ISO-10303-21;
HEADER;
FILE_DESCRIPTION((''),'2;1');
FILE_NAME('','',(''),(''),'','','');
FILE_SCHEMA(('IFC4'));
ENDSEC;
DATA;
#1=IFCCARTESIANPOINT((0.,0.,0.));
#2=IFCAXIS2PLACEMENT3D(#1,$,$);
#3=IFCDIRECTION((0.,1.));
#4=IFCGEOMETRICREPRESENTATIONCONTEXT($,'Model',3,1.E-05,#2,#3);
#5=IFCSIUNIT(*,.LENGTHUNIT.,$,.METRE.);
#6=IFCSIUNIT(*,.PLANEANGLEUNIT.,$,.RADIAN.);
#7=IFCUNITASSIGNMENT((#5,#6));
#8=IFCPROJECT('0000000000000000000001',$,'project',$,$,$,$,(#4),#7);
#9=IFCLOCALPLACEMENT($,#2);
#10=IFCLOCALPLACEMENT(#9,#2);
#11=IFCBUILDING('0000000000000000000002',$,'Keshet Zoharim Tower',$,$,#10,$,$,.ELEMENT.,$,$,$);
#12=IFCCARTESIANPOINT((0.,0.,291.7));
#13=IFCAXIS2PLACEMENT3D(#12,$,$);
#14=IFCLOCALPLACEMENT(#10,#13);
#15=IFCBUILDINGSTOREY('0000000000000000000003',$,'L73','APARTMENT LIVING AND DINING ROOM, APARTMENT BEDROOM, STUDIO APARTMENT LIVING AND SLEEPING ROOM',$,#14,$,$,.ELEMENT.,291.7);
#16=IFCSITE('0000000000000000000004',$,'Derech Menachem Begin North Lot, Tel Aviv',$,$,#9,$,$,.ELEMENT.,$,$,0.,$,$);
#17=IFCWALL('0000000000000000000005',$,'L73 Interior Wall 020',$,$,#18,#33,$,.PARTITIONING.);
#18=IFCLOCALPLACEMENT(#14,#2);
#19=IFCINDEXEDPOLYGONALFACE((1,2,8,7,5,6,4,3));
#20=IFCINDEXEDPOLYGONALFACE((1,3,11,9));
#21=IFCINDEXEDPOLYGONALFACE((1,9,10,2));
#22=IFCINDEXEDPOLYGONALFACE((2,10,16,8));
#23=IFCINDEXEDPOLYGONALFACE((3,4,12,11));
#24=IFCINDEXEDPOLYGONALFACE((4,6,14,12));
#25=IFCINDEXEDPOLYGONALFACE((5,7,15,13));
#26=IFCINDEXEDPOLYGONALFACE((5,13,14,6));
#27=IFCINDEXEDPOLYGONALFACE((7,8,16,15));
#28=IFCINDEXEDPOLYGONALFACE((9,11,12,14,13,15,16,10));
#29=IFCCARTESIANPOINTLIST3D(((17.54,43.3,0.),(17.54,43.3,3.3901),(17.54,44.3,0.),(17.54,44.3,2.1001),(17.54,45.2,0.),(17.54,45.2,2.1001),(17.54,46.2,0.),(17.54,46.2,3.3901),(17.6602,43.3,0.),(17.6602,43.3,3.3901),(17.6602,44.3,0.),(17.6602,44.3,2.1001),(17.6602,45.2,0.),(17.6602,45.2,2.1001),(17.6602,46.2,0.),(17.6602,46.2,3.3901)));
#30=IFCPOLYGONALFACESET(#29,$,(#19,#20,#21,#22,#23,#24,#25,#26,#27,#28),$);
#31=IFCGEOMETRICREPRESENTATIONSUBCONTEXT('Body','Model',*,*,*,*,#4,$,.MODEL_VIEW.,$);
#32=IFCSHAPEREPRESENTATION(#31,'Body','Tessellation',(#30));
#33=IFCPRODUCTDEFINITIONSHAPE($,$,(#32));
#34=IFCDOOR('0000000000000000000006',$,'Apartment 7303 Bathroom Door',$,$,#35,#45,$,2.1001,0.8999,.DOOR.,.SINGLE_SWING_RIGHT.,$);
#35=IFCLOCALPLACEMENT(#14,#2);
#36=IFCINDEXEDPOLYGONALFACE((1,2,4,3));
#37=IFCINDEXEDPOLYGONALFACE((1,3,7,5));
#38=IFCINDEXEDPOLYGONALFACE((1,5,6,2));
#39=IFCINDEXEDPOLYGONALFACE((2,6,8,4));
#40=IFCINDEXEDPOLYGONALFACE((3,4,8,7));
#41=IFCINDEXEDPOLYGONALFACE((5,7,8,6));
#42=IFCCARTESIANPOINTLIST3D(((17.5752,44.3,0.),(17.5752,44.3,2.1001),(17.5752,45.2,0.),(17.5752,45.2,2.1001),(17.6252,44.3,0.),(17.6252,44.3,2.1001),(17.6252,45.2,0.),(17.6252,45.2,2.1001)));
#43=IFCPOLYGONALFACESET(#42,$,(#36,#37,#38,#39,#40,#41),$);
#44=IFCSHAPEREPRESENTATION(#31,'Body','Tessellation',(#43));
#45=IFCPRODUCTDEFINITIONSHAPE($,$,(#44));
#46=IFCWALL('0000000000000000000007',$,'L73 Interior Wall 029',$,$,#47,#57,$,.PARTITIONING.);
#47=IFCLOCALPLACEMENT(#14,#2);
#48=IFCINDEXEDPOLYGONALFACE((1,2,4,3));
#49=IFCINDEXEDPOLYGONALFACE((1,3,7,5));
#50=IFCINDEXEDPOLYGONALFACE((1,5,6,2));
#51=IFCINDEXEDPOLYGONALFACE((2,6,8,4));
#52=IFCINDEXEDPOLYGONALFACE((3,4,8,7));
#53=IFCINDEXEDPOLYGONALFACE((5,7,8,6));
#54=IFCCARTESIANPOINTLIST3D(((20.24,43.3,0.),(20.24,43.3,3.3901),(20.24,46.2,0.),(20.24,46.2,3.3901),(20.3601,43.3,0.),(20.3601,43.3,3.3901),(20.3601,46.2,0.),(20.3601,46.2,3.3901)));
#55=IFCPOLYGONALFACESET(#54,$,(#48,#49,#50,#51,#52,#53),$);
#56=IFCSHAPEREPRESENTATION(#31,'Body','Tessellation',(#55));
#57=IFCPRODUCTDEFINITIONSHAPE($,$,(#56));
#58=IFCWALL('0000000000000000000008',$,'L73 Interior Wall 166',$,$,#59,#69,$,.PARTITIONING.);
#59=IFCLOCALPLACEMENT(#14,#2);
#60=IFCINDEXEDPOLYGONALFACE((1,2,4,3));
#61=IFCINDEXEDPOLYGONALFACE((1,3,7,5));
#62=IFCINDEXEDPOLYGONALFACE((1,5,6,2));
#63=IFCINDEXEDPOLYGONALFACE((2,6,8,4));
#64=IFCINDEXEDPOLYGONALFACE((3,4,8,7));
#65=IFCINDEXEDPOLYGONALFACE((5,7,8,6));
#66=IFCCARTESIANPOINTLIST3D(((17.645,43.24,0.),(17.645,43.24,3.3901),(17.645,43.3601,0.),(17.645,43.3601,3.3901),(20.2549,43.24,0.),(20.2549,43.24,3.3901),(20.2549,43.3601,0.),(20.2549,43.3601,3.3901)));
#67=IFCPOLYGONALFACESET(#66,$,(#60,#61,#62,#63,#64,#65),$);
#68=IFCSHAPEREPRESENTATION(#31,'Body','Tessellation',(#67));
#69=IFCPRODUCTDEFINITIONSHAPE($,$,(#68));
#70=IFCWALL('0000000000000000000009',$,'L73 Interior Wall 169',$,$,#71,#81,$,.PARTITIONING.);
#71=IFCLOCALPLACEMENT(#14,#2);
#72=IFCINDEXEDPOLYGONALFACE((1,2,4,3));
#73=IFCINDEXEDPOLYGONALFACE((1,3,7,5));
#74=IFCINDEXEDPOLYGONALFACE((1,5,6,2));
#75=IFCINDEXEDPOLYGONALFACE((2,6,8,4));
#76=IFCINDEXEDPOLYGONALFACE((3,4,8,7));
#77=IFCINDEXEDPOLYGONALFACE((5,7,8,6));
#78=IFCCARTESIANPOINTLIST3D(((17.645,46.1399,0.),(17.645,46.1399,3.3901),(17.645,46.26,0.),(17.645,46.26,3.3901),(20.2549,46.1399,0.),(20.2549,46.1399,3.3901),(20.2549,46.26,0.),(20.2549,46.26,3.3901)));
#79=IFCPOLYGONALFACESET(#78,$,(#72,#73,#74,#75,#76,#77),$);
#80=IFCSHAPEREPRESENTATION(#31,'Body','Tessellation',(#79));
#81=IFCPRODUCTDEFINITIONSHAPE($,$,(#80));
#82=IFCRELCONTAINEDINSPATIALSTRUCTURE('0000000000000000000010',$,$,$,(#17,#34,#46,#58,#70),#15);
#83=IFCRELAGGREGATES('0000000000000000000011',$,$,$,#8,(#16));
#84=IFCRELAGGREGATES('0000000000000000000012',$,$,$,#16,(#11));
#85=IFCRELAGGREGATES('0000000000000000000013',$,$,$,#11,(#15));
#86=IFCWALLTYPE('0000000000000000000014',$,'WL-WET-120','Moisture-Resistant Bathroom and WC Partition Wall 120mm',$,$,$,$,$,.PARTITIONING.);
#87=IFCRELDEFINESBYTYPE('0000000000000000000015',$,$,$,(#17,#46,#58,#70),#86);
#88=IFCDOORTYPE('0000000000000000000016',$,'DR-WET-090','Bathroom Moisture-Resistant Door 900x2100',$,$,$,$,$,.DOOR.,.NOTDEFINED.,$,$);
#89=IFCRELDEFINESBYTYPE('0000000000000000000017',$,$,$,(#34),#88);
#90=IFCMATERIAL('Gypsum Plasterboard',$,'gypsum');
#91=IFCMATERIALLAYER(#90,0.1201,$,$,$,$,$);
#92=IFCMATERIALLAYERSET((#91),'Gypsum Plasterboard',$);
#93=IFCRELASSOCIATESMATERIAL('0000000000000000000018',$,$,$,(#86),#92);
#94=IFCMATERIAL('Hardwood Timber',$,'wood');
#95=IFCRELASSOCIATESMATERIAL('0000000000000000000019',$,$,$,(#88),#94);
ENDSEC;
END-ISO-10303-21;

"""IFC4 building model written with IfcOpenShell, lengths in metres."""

from ifc_helpers import new_model, si_unit, direction, frame, frame_2d, origin, place, context, subcontext, project, spatial, rectangle, extrude, material, layer, layer_set, type_object, element, fill, save


model = new_model("IFC4")

# Units and contexts
model_context = context("Model", 3, precision=1e-05, world=origin(), true_north=direction((0.0, 1.0)))
body_context = subcontext(model_context, "Body", "Model", "MODEL_VIEW")
ifc_project = project(units=[si_unit("LENGTHUNIT", "METRE"), si_unit("PLANEANGLEUNIT", "RADIAN")], contexts=[model_context])

# Site, building, storey
site_placement = place(None, origin())
site = spatial("IfcSite", under=ifc_project, at=site_placement, Name="Derech Menachem Begin North Lot, Tel Aviv", CompositionType="ELEMENT", RefElevation=0.0)
building_placement = place(site_placement, origin())
building = spatial("IfcBuilding", under=site, at=building_placement, Name="Keshet Zoharim Tower", CompositionType="ELEMENT")
storey_placement = place(building_placement, frame((0.0, 0.0, 291.7)))
storey = spatial("IfcBuildingStorey", under=building, at=storey_placement, Name="L73", Description="APARTMENT LIVING AND DINING ROOM, APARTMENT BEDROOM, STUDIO APARTMENT LIVING AND SLEEPING ROOM", CompositionType="ELEMENT", Elevation=291.7)

# Shared definitions
ifc_material_1 = material(Name="Gypsum Plasterboard", Category="gypsum")

# Shared definitions
ifc_material_2 = material(Name="Hardwood Timber", Category="wood")

# Wall, opening, door
ifc_layer_1 = layer(ifc_material_1, 0.1201)
ifc_layer_set_1 = layer_set([ifc_layer_1], Name="Gypsum Plasterboard")
wall_type_1 = type_object("IfcWallType", Name="WL-WET-120", Description="Moisture-Resistant Bathroom and WC Partition Wall 120mm", PredefinedType="PARTITIONING", material=ifc_layer_set_1)
wall_1_placement = place(storey_placement, frame((17.6001, 43.3, 0.0), z_axis=(0.0, 0.0, 1.0), x_axis=(0.0, 1.0, 0.0)))
wall_1 = element("IfcWall", 1, at=wall_1_placement, inside=storey, type_object=wall_type_1, Name="L73 Interior Wall 020", PredefinedType="PARTITIONING", context=body_context, shape_type="SweptSolid", body=[
    extrude(rectangle(XDim=2.8999, YDim=0.1201, at=frame_2d((1.45, 0.0))), origin(), (0.0, 0.0, 1.0), 3.3901),
])
opening_1_placement = place(wall_1_placement, frame((1.0, 0.0, 0.0)))
opening_1 = element("IfcOpeningElement", 2, at=opening_1_placement, cuts=wall_1, PredefinedType="OPENING", context=body_context, shape_type="SweptSolid", body=[
    extrude(rectangle(XDim=0.8999, YDim=2.1001, at=frame_2d((0.45, 1.05))), frame((0.0, 0.0701, 0.0), z_axis=(0.0, -1.0, 0.0), x_axis=(1.0, 0.0, 0.0)), (0.0, 0.0, 1.0), 0.1401),
])
door_type_1 = type_object("IfcDoorType", Name="DR-WET-090", Description="Bathroom Moisture-Resistant Door 900x2100", OperationType="NOTDEFINED", PredefinedType="DOOR", material=ifc_material_2)
door_1_placement = place(opening_1_placement, origin())
door_1 = element("IfcDoor", 3, at=door_1_placement, inside=storey, type_object=door_type_1, Name="Apartment 7303 Bathroom Door", OperationType="SINGLE_SWING_RIGHT", OverallHeight=2.1001, OverallWidth=0.8999, PredefinedType="DOOR", context=body_context, shape_type="SweptSolid", body=[
    extrude(rectangle(XDim=0.8999, YDim=2.1001, at=frame_2d((0.45, 1.05))), frame((0.0, 0.0249, 0.0), z_axis=(0.0, -1.0, 0.0), x_axis=(1.0, 0.0, 0.0)), (0.0, 0.0, 1.0), 0.05),
])
fill(opening_1, door_1)

# Walls
wall_2_placement = place(storey_placement, frame((20.3, 43.3, 0.0), z_axis=(0.0, 0.0, 1.0), x_axis=(0.0, 1.0, 0.0)))
element("IfcWall", 4, at=wall_2_placement, inside=storey, type_object=wall_type_1, Name="L73 Interior Wall 029", PredefinedType="PARTITIONING", context=body_context, shape_type="SweptSolid", body=[
    extrude(rectangle(XDim=2.8999, YDim=0.1201, at=frame_2d((1.45, 0.0))), origin(), (0.0, 0.0, 1.0), 3.3901),
])
for number, where, z_axis, x_axis, name in (
    (5, (17.645, 43.3, 0.0), (0.0, 0.0, 1.0), (1.0, 0.0, 0.0), "L73 Interior Wall 166"),
    (6, (17.645, 46.2, 0.0), (0.0, 0.0, 1.0), (1.0, 0.0, 0.0), "L73 Interior Wall 169"),
):
    element("IfcWall", number, at=place(storey_placement, frame(where, z_axis=z_axis, x_axis=x_axis)), inside=storey, type_object=wall_type_1, Name=name, PredefinedType="PARTITIONING", context=body_context, shape_type="SweptSolid", body=[
        extrude(rectangle(XDim=2.6099, YDim=0.1201, at=frame_2d((1.3049, 0.0))), origin(), (0.0, 0.0, 1.0), 3.3901),
    ])

save(model, "model.ifc")
